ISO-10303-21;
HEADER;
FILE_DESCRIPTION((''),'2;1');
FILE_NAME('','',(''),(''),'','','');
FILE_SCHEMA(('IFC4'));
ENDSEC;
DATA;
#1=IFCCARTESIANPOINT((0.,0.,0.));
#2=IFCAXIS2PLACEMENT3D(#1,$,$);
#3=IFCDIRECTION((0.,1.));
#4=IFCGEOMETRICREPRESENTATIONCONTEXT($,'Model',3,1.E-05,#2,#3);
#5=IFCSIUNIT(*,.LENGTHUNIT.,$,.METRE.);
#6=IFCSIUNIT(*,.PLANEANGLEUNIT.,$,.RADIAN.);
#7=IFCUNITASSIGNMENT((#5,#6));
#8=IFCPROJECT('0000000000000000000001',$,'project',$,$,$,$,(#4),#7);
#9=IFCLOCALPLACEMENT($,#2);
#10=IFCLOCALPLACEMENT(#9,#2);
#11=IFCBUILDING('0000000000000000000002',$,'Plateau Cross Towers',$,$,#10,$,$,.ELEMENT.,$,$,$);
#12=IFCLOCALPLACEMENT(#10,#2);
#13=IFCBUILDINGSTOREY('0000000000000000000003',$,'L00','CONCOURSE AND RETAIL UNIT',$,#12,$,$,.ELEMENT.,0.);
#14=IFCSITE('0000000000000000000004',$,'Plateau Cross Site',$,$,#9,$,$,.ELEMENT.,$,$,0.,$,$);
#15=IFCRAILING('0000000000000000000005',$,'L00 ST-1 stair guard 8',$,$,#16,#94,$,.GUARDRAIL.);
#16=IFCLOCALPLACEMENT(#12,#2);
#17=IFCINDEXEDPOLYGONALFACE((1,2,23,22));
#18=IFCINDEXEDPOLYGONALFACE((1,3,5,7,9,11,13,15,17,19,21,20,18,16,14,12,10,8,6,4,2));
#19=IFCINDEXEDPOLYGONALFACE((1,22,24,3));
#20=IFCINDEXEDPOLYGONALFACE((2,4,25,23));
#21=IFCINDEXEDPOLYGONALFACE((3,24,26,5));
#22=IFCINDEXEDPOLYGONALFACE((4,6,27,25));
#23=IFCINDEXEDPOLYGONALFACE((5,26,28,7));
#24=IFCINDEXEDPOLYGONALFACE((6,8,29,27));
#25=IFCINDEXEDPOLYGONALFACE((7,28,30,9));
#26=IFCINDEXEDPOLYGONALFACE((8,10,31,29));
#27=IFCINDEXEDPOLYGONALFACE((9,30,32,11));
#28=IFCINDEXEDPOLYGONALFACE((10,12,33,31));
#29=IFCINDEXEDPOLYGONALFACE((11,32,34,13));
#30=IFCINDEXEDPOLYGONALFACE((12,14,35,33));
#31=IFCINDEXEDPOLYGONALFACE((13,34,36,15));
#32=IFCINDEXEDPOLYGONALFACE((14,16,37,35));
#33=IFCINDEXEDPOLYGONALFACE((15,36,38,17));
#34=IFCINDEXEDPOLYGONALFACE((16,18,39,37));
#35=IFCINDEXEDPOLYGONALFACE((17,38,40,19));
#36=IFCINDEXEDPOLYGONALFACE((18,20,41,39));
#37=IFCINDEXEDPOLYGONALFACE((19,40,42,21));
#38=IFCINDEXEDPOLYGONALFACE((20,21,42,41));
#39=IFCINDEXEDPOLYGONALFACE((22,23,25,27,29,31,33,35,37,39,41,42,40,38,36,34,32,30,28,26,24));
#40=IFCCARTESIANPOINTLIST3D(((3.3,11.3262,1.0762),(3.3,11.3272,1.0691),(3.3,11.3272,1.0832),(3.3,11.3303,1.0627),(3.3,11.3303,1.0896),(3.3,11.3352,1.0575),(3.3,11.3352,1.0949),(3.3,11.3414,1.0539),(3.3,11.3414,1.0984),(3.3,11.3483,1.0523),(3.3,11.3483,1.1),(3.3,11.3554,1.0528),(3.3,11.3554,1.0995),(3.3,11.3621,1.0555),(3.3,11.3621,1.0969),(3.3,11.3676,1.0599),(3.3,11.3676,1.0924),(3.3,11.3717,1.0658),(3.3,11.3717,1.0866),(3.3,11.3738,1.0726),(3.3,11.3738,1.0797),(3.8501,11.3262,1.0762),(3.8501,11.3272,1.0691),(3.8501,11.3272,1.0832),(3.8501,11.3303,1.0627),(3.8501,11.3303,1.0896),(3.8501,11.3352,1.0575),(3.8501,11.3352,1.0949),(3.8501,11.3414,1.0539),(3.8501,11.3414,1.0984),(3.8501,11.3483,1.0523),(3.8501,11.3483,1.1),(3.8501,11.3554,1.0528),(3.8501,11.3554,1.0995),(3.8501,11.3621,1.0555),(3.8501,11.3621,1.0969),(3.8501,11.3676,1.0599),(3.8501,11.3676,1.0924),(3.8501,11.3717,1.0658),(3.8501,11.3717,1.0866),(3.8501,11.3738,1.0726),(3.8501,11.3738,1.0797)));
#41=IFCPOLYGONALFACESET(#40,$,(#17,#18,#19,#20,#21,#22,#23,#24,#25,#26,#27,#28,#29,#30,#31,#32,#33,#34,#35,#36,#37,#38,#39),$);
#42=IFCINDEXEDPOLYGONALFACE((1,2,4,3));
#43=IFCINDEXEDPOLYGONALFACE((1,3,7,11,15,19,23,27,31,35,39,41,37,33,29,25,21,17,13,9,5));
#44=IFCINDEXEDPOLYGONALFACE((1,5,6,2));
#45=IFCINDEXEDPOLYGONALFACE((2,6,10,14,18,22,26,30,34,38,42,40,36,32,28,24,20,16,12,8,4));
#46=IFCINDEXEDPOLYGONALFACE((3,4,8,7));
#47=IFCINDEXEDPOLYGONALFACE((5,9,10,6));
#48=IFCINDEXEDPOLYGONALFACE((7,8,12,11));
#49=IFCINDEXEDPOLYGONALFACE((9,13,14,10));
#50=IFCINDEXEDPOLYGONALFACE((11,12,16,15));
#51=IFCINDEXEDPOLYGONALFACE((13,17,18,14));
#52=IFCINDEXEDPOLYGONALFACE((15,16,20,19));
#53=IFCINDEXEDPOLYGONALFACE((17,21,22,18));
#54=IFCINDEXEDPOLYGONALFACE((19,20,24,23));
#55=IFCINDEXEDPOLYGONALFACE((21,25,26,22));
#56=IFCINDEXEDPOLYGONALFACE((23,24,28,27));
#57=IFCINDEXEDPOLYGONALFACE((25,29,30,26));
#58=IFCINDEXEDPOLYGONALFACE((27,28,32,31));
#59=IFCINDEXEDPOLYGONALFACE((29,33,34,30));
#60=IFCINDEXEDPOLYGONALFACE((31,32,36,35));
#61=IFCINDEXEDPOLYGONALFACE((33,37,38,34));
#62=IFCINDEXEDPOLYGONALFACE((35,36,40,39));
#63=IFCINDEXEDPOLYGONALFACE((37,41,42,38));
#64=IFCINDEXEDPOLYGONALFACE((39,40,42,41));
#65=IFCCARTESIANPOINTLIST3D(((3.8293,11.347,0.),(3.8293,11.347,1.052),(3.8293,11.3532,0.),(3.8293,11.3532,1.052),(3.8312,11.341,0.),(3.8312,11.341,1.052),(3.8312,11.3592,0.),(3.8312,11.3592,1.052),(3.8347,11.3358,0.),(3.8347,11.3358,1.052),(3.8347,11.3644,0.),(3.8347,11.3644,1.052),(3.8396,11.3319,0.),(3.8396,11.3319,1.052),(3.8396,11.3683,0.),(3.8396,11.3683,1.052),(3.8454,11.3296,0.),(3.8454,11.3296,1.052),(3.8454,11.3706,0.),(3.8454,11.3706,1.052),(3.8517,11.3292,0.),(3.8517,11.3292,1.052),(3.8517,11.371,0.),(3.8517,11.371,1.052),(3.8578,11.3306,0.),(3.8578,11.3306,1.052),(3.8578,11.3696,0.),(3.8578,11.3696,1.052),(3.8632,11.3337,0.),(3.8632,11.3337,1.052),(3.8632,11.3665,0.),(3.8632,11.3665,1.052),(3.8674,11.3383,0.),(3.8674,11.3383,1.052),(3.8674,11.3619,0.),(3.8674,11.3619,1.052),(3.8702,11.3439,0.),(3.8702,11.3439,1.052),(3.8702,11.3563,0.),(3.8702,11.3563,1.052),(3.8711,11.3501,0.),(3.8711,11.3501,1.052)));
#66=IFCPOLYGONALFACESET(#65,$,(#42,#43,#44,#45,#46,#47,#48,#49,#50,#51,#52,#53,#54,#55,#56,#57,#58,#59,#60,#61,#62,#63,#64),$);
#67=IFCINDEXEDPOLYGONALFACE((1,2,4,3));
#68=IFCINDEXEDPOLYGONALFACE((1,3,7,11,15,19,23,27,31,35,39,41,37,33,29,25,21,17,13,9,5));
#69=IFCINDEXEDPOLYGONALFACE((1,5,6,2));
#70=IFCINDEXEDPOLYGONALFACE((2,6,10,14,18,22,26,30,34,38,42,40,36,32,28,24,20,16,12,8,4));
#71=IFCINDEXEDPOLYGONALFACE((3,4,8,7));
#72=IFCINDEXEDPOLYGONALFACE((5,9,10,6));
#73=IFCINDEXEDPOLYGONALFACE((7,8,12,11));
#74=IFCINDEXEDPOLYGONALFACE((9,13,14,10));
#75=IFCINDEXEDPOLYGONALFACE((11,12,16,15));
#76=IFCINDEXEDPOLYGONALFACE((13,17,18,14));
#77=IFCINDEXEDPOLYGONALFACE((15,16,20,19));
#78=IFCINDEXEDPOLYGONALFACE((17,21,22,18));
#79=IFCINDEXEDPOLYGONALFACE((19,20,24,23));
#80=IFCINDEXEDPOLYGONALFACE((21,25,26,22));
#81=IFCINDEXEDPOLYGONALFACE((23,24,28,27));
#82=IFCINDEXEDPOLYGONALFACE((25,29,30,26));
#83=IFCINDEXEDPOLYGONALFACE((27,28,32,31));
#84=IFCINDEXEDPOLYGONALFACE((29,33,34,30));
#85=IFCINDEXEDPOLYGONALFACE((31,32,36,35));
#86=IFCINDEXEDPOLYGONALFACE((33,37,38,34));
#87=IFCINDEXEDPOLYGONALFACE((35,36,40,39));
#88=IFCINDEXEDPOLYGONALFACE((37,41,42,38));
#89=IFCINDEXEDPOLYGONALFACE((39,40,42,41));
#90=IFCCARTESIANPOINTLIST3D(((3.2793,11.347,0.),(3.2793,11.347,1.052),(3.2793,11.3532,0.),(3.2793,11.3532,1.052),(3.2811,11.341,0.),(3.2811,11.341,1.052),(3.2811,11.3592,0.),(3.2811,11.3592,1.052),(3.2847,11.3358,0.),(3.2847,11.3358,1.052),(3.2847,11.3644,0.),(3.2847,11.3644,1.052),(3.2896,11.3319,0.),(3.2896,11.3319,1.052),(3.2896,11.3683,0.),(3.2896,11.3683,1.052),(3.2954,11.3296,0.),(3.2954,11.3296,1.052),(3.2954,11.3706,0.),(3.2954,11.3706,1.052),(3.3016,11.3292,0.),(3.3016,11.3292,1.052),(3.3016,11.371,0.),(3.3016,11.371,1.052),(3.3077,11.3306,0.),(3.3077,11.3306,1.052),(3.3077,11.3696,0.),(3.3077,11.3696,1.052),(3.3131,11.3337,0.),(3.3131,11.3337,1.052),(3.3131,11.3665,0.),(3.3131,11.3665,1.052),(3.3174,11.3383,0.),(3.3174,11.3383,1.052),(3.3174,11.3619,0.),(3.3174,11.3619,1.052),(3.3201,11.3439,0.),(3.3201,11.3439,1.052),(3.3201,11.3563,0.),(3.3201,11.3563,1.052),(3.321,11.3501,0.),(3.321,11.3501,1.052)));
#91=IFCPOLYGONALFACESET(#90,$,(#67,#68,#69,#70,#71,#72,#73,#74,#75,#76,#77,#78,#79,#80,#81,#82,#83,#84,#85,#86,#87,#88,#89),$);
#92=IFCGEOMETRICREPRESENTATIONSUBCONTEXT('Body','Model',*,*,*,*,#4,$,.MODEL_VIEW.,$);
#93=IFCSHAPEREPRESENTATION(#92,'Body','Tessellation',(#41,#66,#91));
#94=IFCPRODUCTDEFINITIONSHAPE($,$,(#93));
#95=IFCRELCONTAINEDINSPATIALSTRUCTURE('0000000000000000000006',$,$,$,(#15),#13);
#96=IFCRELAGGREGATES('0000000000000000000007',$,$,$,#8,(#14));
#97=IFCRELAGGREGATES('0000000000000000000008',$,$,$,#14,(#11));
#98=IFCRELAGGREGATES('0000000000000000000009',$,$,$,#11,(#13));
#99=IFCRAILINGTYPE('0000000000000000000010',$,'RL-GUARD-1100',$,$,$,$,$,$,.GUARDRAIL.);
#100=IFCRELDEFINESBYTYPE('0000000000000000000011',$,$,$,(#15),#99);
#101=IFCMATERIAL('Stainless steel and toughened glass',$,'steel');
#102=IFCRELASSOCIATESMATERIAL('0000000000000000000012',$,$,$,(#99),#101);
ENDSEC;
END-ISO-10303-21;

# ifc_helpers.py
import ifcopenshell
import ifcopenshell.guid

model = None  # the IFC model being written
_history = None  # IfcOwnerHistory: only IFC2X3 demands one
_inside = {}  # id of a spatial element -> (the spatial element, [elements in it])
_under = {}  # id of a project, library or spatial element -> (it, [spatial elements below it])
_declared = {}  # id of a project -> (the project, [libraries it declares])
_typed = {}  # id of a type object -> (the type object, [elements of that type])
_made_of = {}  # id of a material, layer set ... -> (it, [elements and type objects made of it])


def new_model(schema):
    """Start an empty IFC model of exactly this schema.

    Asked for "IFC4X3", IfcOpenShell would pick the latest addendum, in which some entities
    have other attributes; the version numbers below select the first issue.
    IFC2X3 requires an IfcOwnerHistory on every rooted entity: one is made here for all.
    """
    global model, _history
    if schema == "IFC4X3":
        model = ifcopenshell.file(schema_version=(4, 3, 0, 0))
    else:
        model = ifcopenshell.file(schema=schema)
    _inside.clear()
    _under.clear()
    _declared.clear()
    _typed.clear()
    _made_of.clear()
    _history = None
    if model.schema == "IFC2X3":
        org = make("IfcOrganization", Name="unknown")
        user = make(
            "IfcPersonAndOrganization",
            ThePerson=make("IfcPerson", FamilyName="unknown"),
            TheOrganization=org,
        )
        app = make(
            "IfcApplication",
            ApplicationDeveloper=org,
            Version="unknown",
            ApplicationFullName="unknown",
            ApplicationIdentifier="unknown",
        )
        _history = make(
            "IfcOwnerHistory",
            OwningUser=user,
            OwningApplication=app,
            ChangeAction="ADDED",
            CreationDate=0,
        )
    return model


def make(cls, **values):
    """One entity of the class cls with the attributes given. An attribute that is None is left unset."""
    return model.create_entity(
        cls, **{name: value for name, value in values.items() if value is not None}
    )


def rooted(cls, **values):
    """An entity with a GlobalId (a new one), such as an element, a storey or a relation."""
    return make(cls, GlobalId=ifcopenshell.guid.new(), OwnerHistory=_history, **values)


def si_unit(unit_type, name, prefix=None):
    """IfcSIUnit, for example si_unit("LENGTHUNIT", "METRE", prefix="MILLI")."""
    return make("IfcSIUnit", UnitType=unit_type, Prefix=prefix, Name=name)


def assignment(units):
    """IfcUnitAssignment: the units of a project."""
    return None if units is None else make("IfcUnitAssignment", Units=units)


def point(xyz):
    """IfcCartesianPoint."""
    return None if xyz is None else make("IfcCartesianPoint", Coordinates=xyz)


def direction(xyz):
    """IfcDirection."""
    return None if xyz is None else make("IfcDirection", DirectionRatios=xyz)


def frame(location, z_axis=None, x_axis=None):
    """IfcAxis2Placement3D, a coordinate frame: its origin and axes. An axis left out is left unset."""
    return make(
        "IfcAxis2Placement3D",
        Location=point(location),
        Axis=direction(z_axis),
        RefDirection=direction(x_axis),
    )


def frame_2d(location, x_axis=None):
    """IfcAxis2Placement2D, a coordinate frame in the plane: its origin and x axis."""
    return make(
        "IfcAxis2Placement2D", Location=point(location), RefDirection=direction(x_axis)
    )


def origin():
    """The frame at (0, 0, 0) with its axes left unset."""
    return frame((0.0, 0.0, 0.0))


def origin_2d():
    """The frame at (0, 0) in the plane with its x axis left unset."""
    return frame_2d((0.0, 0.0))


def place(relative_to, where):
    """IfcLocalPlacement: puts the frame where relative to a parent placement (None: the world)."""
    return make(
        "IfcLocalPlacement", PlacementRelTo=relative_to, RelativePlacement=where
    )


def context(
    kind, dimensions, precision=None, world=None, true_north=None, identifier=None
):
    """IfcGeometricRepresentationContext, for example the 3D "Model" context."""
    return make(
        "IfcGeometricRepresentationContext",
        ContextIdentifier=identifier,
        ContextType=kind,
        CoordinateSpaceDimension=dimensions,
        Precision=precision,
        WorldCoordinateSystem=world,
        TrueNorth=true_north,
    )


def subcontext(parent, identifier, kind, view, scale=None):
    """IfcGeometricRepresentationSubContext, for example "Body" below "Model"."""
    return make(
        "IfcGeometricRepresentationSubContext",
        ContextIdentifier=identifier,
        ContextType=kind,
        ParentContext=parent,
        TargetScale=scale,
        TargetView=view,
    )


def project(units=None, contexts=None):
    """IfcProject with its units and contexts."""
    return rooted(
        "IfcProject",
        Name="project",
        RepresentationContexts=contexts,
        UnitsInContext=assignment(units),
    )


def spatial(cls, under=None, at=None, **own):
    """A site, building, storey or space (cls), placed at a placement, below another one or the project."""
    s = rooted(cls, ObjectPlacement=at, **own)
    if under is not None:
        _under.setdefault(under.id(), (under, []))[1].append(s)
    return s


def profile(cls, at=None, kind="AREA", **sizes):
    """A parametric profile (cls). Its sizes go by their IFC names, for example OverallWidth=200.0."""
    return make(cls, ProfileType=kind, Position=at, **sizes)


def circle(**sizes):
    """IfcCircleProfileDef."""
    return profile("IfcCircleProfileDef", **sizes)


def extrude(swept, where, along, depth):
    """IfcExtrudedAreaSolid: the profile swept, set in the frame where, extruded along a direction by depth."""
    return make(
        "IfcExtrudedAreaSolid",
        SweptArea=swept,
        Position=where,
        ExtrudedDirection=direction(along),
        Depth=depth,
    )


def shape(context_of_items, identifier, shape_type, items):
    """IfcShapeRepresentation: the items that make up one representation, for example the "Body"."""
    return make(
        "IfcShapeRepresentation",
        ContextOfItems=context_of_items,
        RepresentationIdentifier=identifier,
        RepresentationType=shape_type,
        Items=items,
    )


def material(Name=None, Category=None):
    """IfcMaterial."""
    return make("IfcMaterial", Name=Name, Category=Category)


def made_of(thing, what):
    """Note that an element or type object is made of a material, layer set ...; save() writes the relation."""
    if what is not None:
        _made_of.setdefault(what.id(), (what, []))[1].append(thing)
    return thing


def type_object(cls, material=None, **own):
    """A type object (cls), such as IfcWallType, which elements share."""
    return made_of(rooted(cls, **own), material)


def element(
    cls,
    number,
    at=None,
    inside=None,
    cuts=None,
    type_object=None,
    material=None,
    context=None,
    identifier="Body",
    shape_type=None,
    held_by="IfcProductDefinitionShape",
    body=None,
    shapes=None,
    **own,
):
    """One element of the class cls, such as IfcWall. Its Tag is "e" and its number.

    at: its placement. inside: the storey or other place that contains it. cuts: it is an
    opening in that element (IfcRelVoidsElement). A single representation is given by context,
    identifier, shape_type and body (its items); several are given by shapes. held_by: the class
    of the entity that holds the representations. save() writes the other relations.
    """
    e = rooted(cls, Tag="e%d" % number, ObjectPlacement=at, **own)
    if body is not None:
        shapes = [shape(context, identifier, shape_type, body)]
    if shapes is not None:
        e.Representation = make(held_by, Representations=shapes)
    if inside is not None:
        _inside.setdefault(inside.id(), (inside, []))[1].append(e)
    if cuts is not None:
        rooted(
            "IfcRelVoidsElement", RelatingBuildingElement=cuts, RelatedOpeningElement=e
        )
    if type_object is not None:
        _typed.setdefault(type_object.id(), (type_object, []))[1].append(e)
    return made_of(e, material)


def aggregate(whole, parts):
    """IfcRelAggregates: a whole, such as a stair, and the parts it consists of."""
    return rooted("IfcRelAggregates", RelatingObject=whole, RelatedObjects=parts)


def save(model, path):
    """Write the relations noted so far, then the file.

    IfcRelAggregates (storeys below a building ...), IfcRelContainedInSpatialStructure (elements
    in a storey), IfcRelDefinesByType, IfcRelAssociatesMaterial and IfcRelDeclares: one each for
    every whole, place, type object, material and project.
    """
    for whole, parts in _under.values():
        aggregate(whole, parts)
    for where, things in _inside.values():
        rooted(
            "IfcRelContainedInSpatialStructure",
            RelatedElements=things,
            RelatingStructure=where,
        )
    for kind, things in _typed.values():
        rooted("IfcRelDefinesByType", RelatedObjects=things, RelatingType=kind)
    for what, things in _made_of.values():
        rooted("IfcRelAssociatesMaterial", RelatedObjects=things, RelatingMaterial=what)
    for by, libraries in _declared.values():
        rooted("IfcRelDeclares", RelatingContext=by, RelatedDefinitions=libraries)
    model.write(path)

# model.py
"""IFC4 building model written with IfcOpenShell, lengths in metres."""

from ifc_helpers import new_model, si_unit, direction, frame, origin, origin_2d, place, context, subcontext, project, spatial, circle, extrude, material, type_object, element, save


model = new_model("IFC4")

# Units and contexts
model_context = context("Model", 3, precision=1e-05, world=origin(), true_north=direction((0.0, 1.0)))
body_context = subcontext(model_context, "Body", "Model", "MODEL_VIEW")
ifc_project = project(units=[si_unit("LENGTHUNIT", "METRE"), si_unit("PLANEANGLEUNIT", "RADIAN")], contexts=[model_context])

# Site, building, storey
site_placement = place(None, origin())
site = spatial("IfcSite", under=ifc_project, at=site_placement, Name="Plateau Cross Site", CompositionType="ELEMENT", RefElevation=0.0)
building_placement = place(site_placement, origin())
building = spatial("IfcBuilding", under=site, at=building_placement, Name="Plateau Cross Towers", CompositionType="ELEMENT")
storey_placement = place(building_placement, origin())
storey = spatial("IfcBuildingStorey", under=building, at=storey_placement, Name="L00", Description="CONCOURSE AND RETAIL UNIT", CompositionType="ELEMENT", Elevation=0.0)

# Railing
ifc_material_1 = material(Name="Stainless steel and toughened glass", Category="steel")
railing_type = type_object("IfcRailingType", Name="RL-GUARD-1100", PredefinedType="GUARDRAIL", material=ifc_material_1)
railing_1_placement = place(storey_placement, frame((3.8501, 11.3501, 0.0)))
element("IfcRailing", 1, at=railing_1_placement, inside=storey, type_object=railing_type, Name="L00 ST-1 stair guard 8", PredefinedType="GUARDRAIL", context=body_context, shape_type="SweptSolid", body=[
    extrude(circle(Radius=0.0239, at=origin_2d()), frame((0.0, 0.0, 1.0762), z_axis=(-1.0, 0.0, 0.0), x_axis=(0.0, -1.0, 0.0)), (0.0, 0.0, 1.0), 0.55),
    extrude(circle(Radius=0.021, at=origin_2d()), origin(), (0.0, 0.0, 1.0), 1.052),
    extrude(circle(Radius=0.021, at=origin_2d()), frame((-0.55, 0.0, 0.0)), (0.0, 0.0, 1.0), 1.052),
])

save(model, "model.ifc")
